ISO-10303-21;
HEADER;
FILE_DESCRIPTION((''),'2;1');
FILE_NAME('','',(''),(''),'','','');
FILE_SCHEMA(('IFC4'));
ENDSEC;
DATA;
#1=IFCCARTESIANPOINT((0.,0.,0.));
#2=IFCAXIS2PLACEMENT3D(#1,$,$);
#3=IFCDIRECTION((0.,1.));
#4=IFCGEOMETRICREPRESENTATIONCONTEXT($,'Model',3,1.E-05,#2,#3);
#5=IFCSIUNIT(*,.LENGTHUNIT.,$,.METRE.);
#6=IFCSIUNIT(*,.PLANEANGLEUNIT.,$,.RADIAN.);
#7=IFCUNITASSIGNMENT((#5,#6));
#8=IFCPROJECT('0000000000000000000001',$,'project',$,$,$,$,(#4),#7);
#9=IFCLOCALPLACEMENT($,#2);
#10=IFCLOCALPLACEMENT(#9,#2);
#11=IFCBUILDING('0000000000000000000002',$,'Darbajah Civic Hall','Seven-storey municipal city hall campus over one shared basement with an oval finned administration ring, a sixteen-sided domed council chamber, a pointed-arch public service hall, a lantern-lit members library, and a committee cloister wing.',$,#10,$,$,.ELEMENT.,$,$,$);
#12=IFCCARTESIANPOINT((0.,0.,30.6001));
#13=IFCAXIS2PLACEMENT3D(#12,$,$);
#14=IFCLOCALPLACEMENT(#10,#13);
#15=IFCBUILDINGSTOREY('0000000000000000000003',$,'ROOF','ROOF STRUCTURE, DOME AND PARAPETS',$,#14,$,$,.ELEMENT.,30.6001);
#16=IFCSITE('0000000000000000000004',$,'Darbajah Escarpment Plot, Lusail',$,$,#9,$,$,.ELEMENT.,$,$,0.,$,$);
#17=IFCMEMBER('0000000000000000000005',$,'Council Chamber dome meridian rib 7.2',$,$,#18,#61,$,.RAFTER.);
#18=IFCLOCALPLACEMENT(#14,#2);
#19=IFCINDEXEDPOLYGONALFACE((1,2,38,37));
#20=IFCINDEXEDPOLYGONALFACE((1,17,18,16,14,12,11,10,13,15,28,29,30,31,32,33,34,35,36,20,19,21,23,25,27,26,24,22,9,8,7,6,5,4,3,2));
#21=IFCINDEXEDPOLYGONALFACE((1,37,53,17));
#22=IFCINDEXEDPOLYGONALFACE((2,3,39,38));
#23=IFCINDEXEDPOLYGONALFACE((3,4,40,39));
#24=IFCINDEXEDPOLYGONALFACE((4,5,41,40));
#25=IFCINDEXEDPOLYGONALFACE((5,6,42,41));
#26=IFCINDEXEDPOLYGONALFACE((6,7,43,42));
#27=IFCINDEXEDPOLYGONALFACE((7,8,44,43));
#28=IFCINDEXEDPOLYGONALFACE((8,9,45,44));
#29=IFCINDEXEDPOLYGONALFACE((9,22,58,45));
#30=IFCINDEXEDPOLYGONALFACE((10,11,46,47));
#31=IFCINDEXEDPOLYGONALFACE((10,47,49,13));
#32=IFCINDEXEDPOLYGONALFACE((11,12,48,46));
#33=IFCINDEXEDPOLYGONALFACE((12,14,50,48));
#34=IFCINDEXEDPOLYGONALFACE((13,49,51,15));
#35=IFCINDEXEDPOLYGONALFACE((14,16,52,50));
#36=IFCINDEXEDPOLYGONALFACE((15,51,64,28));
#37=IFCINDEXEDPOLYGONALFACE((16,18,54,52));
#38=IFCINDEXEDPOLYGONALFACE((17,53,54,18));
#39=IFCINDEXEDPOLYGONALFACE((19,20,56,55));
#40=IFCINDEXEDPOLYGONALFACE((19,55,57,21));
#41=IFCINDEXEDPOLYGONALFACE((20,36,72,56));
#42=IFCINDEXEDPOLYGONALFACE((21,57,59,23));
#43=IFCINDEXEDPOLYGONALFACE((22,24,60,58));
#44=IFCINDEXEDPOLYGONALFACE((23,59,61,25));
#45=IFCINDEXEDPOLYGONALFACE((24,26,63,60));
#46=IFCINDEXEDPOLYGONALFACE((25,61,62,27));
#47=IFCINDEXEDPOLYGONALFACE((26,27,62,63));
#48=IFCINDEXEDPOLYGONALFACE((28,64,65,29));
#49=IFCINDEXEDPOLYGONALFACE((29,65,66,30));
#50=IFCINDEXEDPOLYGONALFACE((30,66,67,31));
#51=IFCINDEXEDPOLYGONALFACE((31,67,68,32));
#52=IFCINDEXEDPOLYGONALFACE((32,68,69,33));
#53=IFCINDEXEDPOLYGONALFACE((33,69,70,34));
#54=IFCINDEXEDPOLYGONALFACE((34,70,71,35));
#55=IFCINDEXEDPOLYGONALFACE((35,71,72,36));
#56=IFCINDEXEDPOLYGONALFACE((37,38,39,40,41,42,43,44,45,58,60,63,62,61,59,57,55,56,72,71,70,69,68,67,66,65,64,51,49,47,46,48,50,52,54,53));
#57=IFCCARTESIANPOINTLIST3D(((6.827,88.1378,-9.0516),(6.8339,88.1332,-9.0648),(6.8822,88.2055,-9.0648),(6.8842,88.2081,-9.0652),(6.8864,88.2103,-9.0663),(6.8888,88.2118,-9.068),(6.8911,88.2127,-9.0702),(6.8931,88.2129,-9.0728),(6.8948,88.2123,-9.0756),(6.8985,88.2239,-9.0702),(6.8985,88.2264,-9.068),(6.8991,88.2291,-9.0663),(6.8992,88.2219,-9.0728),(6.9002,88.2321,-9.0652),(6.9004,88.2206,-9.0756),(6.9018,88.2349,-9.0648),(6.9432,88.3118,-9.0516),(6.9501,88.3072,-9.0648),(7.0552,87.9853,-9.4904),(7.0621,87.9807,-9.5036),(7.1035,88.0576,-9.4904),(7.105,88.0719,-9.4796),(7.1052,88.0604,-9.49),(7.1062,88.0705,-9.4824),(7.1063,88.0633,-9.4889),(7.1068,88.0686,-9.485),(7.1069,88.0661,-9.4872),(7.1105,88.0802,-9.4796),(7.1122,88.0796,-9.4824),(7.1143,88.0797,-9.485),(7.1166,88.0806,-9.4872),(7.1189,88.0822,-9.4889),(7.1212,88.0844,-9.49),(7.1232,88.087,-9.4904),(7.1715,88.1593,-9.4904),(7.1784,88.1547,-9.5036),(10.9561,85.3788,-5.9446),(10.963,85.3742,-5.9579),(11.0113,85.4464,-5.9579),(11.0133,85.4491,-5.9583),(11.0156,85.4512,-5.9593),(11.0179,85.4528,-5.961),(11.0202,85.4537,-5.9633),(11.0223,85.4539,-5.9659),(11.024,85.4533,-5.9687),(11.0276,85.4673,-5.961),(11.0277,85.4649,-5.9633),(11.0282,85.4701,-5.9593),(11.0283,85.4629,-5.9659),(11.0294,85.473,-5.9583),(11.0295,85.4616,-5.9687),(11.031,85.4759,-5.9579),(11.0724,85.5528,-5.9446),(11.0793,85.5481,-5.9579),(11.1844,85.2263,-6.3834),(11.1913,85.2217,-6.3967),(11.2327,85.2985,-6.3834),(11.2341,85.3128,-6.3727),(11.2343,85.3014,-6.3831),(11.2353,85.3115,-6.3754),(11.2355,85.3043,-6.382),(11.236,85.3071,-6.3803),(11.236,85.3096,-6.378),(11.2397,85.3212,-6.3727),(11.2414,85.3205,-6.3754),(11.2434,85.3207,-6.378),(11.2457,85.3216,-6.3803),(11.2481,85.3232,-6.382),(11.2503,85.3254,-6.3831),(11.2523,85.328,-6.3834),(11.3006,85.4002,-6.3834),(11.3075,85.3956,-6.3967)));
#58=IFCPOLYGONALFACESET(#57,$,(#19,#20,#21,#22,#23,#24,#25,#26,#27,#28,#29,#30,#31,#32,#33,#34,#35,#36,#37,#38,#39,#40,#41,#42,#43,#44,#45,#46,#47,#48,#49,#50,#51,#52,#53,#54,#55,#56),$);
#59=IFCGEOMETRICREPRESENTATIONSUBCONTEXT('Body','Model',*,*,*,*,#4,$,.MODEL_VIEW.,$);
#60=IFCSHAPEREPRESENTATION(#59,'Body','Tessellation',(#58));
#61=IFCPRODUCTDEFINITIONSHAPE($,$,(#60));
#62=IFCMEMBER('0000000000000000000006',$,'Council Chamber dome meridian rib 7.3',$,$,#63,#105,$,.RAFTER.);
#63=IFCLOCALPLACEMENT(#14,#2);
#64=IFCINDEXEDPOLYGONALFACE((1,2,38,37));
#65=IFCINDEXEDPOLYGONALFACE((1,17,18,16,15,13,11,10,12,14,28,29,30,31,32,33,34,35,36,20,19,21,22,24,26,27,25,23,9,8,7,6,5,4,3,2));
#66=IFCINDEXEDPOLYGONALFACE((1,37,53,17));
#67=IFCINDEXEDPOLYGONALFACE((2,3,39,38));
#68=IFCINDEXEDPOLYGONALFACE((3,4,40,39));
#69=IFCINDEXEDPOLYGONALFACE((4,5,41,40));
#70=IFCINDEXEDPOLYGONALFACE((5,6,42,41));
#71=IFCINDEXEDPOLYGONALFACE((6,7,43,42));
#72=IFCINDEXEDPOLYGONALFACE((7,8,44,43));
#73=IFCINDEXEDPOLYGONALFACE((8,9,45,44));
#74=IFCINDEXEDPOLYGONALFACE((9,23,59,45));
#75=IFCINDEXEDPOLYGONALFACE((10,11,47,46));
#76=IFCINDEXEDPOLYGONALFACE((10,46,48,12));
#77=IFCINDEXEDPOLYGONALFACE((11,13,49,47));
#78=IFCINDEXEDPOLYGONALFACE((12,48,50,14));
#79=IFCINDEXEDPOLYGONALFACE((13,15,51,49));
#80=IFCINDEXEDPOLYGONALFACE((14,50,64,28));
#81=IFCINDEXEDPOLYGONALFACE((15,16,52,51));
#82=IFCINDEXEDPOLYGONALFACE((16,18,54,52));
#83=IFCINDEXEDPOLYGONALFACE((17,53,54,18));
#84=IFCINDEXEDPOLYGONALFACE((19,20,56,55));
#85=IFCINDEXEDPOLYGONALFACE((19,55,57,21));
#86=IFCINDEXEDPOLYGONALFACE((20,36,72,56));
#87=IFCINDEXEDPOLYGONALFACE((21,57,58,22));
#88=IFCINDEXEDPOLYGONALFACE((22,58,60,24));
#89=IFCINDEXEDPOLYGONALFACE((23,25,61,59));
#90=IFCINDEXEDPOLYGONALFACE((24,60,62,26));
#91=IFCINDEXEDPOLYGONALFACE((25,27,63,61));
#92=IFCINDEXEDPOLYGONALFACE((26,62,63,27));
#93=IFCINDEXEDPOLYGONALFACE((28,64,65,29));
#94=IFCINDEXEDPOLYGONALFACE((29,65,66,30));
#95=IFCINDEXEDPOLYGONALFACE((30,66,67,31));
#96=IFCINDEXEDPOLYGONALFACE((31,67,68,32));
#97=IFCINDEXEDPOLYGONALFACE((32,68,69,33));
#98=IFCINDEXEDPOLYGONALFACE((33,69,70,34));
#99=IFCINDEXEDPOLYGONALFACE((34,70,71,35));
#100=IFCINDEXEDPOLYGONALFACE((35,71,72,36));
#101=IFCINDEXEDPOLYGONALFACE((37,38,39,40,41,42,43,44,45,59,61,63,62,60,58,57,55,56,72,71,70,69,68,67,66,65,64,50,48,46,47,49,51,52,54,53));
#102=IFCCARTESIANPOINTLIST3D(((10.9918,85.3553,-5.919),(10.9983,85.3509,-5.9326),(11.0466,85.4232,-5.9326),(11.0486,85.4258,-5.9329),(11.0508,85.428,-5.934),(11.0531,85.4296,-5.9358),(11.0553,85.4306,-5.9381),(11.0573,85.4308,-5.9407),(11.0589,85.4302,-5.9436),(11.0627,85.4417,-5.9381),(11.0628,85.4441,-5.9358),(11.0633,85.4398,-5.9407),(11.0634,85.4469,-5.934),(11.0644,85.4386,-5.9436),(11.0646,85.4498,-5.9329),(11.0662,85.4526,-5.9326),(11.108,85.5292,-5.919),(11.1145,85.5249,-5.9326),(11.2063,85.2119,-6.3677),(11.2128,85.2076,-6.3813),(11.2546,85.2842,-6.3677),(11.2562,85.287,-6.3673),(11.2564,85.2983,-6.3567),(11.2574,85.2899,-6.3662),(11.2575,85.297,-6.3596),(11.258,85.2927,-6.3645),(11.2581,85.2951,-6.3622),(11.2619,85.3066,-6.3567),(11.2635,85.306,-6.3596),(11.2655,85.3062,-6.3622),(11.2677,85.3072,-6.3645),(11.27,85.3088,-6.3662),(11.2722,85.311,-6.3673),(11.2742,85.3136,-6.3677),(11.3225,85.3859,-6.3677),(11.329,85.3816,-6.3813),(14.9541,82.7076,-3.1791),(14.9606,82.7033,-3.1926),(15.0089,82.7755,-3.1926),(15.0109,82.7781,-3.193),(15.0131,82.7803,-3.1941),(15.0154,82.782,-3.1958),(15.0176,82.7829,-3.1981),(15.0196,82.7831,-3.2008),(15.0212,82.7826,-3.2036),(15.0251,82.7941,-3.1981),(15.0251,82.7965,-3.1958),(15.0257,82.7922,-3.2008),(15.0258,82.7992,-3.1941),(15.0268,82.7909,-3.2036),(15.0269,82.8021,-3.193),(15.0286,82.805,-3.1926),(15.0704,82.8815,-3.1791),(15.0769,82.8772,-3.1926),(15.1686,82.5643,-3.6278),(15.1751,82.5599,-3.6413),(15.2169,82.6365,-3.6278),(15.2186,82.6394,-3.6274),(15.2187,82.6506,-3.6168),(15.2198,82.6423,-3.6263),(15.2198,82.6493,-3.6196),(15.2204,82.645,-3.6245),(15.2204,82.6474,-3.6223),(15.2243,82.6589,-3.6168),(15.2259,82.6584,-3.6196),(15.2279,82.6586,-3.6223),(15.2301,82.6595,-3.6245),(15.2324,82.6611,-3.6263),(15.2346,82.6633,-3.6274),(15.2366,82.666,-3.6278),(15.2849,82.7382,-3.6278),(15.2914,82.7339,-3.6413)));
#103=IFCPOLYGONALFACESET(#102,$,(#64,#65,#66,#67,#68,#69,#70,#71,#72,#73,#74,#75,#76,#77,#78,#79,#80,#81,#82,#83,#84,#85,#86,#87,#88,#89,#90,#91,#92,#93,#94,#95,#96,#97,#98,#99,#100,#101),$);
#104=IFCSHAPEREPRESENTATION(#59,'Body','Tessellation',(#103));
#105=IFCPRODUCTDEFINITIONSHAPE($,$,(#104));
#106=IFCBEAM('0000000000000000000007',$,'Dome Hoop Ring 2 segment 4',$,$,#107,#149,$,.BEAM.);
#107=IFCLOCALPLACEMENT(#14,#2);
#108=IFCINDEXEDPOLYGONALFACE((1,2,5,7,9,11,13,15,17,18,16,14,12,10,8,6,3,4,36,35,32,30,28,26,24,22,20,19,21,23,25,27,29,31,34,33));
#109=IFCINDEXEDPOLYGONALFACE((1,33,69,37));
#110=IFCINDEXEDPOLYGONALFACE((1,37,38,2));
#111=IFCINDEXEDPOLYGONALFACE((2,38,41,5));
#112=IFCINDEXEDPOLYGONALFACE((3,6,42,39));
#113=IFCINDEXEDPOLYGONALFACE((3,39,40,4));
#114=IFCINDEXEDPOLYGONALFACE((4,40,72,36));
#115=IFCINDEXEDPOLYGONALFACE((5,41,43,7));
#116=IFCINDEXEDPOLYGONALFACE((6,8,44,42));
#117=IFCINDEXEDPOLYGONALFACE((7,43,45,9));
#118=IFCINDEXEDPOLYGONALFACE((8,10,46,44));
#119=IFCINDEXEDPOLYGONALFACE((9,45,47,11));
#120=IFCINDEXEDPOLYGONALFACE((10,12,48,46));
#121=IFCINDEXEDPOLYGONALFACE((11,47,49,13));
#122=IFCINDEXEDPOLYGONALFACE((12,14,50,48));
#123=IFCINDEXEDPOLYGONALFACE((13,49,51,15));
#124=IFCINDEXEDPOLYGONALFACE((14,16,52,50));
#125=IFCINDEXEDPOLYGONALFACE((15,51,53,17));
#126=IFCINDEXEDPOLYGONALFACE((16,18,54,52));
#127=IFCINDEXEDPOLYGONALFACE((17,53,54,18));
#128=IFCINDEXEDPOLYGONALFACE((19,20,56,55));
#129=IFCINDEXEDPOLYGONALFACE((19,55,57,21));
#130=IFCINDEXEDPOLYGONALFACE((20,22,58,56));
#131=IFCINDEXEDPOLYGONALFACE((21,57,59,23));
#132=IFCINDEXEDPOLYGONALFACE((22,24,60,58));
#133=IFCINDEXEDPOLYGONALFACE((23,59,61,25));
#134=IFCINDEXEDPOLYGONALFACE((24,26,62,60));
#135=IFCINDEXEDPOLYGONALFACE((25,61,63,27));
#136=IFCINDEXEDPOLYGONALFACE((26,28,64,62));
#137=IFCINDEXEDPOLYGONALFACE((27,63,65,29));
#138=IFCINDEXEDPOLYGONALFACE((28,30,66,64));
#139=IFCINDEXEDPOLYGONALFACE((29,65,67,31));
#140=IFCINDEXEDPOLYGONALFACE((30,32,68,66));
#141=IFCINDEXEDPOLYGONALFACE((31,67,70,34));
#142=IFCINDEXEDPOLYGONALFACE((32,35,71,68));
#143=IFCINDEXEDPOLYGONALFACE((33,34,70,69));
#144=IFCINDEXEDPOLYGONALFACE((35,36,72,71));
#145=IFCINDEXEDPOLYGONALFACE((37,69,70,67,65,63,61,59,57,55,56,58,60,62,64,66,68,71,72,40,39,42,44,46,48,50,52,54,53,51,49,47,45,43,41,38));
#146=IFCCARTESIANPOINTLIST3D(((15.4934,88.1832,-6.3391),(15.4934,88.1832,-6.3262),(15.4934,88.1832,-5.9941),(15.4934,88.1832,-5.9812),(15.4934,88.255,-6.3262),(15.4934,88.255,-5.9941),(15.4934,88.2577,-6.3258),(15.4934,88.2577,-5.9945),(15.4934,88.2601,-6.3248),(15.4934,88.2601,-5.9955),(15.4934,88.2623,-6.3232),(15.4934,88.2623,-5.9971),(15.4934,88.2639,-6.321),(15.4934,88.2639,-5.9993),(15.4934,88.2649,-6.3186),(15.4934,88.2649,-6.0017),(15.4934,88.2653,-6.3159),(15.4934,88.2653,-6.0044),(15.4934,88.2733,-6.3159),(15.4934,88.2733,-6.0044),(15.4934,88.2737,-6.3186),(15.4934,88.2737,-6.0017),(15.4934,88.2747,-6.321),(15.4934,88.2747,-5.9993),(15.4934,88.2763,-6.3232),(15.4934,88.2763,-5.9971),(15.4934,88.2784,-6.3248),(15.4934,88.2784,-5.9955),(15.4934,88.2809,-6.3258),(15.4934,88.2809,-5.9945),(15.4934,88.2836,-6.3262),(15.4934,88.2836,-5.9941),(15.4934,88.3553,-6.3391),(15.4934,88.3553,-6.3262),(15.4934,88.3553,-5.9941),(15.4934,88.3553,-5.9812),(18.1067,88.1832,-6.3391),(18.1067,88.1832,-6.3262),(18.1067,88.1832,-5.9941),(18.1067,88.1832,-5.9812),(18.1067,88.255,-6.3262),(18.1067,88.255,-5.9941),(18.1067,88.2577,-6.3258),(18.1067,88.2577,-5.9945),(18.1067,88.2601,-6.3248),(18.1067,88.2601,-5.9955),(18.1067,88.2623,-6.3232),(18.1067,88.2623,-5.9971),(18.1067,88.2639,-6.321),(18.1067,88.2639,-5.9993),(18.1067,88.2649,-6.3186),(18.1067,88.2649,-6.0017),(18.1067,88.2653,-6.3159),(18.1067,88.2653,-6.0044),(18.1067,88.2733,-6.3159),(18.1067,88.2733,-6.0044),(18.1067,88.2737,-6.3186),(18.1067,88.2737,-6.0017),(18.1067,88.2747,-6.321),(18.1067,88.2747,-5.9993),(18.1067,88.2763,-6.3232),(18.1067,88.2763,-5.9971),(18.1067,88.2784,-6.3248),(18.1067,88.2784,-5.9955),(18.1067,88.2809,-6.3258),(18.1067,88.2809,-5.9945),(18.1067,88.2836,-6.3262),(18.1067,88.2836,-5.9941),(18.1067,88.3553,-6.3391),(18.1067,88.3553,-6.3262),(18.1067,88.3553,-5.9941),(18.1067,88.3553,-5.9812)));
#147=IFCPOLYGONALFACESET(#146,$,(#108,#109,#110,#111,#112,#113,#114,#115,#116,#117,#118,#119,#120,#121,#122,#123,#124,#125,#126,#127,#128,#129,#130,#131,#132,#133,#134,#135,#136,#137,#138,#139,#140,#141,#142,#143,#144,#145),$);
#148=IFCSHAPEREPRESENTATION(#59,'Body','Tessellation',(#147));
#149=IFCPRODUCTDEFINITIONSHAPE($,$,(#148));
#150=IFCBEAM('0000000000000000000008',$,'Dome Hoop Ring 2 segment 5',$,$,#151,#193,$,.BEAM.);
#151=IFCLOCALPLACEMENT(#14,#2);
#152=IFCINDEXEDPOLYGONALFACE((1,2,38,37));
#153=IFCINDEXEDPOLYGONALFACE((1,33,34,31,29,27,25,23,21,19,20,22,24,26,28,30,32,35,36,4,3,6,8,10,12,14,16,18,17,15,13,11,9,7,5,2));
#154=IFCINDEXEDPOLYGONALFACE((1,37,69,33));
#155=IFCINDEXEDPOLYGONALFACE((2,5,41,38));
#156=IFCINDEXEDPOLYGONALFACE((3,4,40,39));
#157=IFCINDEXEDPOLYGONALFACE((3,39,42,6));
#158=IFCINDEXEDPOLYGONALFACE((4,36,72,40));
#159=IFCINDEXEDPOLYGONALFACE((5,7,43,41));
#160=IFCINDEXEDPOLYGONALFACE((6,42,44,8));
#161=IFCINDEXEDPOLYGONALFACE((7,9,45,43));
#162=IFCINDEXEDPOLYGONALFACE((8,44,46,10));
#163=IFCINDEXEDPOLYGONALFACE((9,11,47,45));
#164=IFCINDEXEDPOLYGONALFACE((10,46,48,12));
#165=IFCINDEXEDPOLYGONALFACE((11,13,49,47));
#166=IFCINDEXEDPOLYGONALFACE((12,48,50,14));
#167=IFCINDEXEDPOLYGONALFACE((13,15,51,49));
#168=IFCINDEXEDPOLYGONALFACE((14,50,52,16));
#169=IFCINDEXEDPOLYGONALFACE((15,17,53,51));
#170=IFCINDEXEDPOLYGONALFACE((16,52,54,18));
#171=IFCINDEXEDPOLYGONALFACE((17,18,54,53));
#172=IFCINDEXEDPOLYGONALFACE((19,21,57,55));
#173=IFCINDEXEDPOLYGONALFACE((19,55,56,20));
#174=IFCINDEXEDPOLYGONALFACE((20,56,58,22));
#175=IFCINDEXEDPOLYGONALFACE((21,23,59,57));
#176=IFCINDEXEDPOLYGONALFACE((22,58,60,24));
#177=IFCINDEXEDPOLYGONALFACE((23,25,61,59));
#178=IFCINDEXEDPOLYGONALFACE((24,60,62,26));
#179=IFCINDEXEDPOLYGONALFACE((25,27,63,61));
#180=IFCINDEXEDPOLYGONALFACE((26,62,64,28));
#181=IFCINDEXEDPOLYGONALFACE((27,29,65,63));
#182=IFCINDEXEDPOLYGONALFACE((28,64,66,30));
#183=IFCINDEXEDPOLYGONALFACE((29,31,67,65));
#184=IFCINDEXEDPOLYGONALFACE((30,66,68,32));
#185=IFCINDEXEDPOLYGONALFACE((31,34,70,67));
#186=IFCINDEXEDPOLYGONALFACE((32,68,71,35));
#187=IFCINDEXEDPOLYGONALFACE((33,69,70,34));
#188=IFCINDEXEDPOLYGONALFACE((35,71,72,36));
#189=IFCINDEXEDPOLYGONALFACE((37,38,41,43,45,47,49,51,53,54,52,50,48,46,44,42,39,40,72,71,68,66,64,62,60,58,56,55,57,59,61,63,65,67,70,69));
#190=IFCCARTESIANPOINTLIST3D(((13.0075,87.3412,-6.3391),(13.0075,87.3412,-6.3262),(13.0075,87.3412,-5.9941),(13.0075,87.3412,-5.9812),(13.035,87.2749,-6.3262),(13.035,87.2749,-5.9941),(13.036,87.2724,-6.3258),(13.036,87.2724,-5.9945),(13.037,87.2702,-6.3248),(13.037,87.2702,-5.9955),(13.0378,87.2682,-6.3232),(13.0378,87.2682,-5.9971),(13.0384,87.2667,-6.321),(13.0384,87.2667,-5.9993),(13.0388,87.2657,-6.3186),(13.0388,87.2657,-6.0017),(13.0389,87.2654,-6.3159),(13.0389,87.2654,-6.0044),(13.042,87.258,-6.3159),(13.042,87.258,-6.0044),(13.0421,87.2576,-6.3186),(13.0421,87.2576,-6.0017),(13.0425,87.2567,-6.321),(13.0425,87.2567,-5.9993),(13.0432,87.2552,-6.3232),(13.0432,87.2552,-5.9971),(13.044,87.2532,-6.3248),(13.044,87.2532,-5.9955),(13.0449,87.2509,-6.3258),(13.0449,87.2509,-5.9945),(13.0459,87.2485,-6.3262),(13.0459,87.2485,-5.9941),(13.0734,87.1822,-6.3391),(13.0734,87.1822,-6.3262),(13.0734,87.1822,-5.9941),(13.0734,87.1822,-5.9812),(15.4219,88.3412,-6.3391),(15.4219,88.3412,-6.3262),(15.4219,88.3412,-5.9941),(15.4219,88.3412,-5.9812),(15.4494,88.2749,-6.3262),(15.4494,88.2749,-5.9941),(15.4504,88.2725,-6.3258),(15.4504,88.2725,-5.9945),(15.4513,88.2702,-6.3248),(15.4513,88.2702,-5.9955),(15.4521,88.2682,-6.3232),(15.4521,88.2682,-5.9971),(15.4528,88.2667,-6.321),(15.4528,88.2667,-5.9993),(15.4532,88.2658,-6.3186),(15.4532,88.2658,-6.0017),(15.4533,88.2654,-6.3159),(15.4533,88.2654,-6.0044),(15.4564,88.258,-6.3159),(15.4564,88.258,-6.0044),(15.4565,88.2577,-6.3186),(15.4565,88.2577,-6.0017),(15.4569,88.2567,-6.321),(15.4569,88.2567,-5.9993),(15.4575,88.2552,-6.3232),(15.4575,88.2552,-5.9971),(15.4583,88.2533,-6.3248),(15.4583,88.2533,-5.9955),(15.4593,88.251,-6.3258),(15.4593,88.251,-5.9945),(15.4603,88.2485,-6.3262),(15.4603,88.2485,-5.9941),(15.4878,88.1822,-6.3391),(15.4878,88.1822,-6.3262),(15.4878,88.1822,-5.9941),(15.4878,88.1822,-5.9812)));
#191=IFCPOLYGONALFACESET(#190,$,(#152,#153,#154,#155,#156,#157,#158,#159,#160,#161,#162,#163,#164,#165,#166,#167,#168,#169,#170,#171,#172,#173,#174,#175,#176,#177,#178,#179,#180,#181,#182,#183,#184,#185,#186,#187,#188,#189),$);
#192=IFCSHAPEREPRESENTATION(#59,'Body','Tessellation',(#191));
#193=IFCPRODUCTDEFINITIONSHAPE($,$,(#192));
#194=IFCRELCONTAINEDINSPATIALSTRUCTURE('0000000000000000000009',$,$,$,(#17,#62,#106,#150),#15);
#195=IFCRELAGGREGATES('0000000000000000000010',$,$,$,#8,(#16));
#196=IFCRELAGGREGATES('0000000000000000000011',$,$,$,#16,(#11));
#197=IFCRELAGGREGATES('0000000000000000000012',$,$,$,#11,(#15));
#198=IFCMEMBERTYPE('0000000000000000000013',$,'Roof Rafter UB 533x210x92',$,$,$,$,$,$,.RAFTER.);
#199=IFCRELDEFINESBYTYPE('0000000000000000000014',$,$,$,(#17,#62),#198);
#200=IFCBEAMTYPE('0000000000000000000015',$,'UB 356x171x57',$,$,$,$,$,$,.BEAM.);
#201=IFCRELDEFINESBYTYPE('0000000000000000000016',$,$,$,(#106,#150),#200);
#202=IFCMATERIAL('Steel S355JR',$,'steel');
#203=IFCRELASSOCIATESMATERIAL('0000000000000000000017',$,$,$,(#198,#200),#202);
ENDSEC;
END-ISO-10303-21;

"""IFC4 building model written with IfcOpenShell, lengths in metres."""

from ifc_helpers import new_model, si_unit, direction, frame, origin, origin_2d, place, context, subcontext, project, spatial, i_section, extrude, material, material_profile, profile_set, type_object, element, save


model = new_model("IFC4")

# Units and contexts
model_context = context("Model", 3, precision=1e-05, world=origin(), true_north=direction((0.0, 1.0)))
body_context = subcontext(model_context, "Body", "Model", "MODEL_VIEW")
ifc_project = project(units=[si_unit("LENGTHUNIT", "METRE"), si_unit("PLANEANGLEUNIT", "RADIAN")], contexts=[model_context])

# Site, building, storey
site_placement = place(None, origin())
site = spatial("IfcSite", under=ifc_project, at=site_placement, Name="Darbajah Escarpment Plot, Lusail", CompositionType="ELEMENT", RefElevation=0.0)
building_placement = place(site_placement, origin())
building = spatial("IfcBuilding", under=site, at=building_placement, Name="Darbajah Civic Hall", Description="Seven-storey municipal city hall campus over one shared basement with an oval finned administration ring, a sixteen-sided domed council chamber, a pointed-arch public service hall, a lantern-lit members library, and a committee cloister wing.", CompositionType="ELEMENT")
storey_placement = place(building_placement, frame((0.0, 0.0, 30.6001)))
storey = spatial("IfcBuildingStorey", under=building, at=storey_placement, Name="ROOF", Description="ROOF STRUCTURE, DOME AND PARAPETS", CompositionType="ELEMENT", Elevation=30.6001)

# Members
ifc_material = material(Name="Steel S355JR", Category="steel")
ifc_material_profile_1 = material_profile(ifc_material, i_section(OverallWidth=0.2092, OverallDepth=0.5332, WebThickness=0.01, FlangeThickness=0.0156, FilletRadius=0.0127, at=origin_2d()), Name="UB 533x210x92")
ifc_profile_set_1 = profile_set([ifc_material_profile_1], Name="Steel S355JR")
member_type_1 = type_object("IfcMemberType", Name="Roof Rafter UB 533x210x92", PredefinedType="RAFTER", material=ifc_profile_set_1)
member_1_placement = place(storey_placement, frame((7.0027, 88.1462, -9.2776), z_axis=(0.704884, -0.470992, 0.530382), x_axis=(0.555573, 0.831467, 0.0)))
element("IfcMember", 1, at=member_1_placement, inside=storey, type_object=member_type_1, Name="Council Chamber dome meridian rib 7.2", PredefinedType="RAFTER", context=body_context, shape_type="SweptSolid", body=[
    extrude(i_section(OverallWidth=0.2092, OverallDepth=0.5332, WebThickness=0.01, FlangeThickness=0.0156, FilletRadius=0.0127, at=origin_2d()), origin(), (0.0, 0.0, 1.0), 5.8579),
])
member_2_placement = place(storey_placement, frame((11.1604, 85.3684, -6.1501), z_axis=(0.720812, -0.481652, 0.498439), x_axis=(0.555587, 0.831459, 0.0)))
element("IfcMember", 2, at=member_2_placement, inside=storey, type_object=member_type_1, Name="Council Chamber dome meridian rib 7.3", PredefinedType="RAFTER", context=body_context, shape_type="SweptSolid", body=[
    extrude(i_section(OverallWidth=0.2092, OverallDepth=0.5332, WebThickness=0.01, FlangeThickness=0.0156, FilletRadius=0.0127, at=origin_2d()), origin(), (0.0, 0.0, 1.0), 5.4971),
])

# Beams
ifc_material_profile_2 = material_profile(ifc_material, i_section(OverallWidth=0.1721, OverallDepth=0.3579, WebThickness=0.0081, FlangeThickness=0.0129, FilletRadius=0.0103, at=origin_2d()), Name="UB 356x171x57")
ifc_profile_set_2 = profile_set([ifc_material_profile_2], Name="Steel S355JR")
beam_type_1 = type_object("IfcBeamType", Name="UB 356x171x57", PredefinedType="BEAM", material=ifc_profile_set_2)
for number, where, z_axis, x_axis, name in (
    (3, (18.1067, 88.2693, -6.1602), (-1.0, 0.0, 0.0), (0.0, -1.0, 0.0), "Dome Hoop Ring 2 segment 4"),
    (4, (15.4548, 88.2617, -6.1602), (-0.923885, -0.382671, 0.0), (0.382671, -0.923885, 0.0), "Dome Hoop Ring 2 segment 5"),
):
    element("IfcBeam", number, at=place(storey_placement, frame(where, z_axis=z_axis, x_axis=x_axis)), inside=storey, type_object=beam_type_1, Name=name, PredefinedType="BEAM", context=body_context, shape_type="SweptSolid", body=[
        extrude(i_section(OverallWidth=0.1721, OverallDepth=0.3579, WebThickness=0.0081, FlangeThickness=0.0129, FilletRadius=0.0103, at=origin_2d()), origin(), (0.0, 0.0, 1.0), 2.6133),
    ])

save(model, "model.ifc")
